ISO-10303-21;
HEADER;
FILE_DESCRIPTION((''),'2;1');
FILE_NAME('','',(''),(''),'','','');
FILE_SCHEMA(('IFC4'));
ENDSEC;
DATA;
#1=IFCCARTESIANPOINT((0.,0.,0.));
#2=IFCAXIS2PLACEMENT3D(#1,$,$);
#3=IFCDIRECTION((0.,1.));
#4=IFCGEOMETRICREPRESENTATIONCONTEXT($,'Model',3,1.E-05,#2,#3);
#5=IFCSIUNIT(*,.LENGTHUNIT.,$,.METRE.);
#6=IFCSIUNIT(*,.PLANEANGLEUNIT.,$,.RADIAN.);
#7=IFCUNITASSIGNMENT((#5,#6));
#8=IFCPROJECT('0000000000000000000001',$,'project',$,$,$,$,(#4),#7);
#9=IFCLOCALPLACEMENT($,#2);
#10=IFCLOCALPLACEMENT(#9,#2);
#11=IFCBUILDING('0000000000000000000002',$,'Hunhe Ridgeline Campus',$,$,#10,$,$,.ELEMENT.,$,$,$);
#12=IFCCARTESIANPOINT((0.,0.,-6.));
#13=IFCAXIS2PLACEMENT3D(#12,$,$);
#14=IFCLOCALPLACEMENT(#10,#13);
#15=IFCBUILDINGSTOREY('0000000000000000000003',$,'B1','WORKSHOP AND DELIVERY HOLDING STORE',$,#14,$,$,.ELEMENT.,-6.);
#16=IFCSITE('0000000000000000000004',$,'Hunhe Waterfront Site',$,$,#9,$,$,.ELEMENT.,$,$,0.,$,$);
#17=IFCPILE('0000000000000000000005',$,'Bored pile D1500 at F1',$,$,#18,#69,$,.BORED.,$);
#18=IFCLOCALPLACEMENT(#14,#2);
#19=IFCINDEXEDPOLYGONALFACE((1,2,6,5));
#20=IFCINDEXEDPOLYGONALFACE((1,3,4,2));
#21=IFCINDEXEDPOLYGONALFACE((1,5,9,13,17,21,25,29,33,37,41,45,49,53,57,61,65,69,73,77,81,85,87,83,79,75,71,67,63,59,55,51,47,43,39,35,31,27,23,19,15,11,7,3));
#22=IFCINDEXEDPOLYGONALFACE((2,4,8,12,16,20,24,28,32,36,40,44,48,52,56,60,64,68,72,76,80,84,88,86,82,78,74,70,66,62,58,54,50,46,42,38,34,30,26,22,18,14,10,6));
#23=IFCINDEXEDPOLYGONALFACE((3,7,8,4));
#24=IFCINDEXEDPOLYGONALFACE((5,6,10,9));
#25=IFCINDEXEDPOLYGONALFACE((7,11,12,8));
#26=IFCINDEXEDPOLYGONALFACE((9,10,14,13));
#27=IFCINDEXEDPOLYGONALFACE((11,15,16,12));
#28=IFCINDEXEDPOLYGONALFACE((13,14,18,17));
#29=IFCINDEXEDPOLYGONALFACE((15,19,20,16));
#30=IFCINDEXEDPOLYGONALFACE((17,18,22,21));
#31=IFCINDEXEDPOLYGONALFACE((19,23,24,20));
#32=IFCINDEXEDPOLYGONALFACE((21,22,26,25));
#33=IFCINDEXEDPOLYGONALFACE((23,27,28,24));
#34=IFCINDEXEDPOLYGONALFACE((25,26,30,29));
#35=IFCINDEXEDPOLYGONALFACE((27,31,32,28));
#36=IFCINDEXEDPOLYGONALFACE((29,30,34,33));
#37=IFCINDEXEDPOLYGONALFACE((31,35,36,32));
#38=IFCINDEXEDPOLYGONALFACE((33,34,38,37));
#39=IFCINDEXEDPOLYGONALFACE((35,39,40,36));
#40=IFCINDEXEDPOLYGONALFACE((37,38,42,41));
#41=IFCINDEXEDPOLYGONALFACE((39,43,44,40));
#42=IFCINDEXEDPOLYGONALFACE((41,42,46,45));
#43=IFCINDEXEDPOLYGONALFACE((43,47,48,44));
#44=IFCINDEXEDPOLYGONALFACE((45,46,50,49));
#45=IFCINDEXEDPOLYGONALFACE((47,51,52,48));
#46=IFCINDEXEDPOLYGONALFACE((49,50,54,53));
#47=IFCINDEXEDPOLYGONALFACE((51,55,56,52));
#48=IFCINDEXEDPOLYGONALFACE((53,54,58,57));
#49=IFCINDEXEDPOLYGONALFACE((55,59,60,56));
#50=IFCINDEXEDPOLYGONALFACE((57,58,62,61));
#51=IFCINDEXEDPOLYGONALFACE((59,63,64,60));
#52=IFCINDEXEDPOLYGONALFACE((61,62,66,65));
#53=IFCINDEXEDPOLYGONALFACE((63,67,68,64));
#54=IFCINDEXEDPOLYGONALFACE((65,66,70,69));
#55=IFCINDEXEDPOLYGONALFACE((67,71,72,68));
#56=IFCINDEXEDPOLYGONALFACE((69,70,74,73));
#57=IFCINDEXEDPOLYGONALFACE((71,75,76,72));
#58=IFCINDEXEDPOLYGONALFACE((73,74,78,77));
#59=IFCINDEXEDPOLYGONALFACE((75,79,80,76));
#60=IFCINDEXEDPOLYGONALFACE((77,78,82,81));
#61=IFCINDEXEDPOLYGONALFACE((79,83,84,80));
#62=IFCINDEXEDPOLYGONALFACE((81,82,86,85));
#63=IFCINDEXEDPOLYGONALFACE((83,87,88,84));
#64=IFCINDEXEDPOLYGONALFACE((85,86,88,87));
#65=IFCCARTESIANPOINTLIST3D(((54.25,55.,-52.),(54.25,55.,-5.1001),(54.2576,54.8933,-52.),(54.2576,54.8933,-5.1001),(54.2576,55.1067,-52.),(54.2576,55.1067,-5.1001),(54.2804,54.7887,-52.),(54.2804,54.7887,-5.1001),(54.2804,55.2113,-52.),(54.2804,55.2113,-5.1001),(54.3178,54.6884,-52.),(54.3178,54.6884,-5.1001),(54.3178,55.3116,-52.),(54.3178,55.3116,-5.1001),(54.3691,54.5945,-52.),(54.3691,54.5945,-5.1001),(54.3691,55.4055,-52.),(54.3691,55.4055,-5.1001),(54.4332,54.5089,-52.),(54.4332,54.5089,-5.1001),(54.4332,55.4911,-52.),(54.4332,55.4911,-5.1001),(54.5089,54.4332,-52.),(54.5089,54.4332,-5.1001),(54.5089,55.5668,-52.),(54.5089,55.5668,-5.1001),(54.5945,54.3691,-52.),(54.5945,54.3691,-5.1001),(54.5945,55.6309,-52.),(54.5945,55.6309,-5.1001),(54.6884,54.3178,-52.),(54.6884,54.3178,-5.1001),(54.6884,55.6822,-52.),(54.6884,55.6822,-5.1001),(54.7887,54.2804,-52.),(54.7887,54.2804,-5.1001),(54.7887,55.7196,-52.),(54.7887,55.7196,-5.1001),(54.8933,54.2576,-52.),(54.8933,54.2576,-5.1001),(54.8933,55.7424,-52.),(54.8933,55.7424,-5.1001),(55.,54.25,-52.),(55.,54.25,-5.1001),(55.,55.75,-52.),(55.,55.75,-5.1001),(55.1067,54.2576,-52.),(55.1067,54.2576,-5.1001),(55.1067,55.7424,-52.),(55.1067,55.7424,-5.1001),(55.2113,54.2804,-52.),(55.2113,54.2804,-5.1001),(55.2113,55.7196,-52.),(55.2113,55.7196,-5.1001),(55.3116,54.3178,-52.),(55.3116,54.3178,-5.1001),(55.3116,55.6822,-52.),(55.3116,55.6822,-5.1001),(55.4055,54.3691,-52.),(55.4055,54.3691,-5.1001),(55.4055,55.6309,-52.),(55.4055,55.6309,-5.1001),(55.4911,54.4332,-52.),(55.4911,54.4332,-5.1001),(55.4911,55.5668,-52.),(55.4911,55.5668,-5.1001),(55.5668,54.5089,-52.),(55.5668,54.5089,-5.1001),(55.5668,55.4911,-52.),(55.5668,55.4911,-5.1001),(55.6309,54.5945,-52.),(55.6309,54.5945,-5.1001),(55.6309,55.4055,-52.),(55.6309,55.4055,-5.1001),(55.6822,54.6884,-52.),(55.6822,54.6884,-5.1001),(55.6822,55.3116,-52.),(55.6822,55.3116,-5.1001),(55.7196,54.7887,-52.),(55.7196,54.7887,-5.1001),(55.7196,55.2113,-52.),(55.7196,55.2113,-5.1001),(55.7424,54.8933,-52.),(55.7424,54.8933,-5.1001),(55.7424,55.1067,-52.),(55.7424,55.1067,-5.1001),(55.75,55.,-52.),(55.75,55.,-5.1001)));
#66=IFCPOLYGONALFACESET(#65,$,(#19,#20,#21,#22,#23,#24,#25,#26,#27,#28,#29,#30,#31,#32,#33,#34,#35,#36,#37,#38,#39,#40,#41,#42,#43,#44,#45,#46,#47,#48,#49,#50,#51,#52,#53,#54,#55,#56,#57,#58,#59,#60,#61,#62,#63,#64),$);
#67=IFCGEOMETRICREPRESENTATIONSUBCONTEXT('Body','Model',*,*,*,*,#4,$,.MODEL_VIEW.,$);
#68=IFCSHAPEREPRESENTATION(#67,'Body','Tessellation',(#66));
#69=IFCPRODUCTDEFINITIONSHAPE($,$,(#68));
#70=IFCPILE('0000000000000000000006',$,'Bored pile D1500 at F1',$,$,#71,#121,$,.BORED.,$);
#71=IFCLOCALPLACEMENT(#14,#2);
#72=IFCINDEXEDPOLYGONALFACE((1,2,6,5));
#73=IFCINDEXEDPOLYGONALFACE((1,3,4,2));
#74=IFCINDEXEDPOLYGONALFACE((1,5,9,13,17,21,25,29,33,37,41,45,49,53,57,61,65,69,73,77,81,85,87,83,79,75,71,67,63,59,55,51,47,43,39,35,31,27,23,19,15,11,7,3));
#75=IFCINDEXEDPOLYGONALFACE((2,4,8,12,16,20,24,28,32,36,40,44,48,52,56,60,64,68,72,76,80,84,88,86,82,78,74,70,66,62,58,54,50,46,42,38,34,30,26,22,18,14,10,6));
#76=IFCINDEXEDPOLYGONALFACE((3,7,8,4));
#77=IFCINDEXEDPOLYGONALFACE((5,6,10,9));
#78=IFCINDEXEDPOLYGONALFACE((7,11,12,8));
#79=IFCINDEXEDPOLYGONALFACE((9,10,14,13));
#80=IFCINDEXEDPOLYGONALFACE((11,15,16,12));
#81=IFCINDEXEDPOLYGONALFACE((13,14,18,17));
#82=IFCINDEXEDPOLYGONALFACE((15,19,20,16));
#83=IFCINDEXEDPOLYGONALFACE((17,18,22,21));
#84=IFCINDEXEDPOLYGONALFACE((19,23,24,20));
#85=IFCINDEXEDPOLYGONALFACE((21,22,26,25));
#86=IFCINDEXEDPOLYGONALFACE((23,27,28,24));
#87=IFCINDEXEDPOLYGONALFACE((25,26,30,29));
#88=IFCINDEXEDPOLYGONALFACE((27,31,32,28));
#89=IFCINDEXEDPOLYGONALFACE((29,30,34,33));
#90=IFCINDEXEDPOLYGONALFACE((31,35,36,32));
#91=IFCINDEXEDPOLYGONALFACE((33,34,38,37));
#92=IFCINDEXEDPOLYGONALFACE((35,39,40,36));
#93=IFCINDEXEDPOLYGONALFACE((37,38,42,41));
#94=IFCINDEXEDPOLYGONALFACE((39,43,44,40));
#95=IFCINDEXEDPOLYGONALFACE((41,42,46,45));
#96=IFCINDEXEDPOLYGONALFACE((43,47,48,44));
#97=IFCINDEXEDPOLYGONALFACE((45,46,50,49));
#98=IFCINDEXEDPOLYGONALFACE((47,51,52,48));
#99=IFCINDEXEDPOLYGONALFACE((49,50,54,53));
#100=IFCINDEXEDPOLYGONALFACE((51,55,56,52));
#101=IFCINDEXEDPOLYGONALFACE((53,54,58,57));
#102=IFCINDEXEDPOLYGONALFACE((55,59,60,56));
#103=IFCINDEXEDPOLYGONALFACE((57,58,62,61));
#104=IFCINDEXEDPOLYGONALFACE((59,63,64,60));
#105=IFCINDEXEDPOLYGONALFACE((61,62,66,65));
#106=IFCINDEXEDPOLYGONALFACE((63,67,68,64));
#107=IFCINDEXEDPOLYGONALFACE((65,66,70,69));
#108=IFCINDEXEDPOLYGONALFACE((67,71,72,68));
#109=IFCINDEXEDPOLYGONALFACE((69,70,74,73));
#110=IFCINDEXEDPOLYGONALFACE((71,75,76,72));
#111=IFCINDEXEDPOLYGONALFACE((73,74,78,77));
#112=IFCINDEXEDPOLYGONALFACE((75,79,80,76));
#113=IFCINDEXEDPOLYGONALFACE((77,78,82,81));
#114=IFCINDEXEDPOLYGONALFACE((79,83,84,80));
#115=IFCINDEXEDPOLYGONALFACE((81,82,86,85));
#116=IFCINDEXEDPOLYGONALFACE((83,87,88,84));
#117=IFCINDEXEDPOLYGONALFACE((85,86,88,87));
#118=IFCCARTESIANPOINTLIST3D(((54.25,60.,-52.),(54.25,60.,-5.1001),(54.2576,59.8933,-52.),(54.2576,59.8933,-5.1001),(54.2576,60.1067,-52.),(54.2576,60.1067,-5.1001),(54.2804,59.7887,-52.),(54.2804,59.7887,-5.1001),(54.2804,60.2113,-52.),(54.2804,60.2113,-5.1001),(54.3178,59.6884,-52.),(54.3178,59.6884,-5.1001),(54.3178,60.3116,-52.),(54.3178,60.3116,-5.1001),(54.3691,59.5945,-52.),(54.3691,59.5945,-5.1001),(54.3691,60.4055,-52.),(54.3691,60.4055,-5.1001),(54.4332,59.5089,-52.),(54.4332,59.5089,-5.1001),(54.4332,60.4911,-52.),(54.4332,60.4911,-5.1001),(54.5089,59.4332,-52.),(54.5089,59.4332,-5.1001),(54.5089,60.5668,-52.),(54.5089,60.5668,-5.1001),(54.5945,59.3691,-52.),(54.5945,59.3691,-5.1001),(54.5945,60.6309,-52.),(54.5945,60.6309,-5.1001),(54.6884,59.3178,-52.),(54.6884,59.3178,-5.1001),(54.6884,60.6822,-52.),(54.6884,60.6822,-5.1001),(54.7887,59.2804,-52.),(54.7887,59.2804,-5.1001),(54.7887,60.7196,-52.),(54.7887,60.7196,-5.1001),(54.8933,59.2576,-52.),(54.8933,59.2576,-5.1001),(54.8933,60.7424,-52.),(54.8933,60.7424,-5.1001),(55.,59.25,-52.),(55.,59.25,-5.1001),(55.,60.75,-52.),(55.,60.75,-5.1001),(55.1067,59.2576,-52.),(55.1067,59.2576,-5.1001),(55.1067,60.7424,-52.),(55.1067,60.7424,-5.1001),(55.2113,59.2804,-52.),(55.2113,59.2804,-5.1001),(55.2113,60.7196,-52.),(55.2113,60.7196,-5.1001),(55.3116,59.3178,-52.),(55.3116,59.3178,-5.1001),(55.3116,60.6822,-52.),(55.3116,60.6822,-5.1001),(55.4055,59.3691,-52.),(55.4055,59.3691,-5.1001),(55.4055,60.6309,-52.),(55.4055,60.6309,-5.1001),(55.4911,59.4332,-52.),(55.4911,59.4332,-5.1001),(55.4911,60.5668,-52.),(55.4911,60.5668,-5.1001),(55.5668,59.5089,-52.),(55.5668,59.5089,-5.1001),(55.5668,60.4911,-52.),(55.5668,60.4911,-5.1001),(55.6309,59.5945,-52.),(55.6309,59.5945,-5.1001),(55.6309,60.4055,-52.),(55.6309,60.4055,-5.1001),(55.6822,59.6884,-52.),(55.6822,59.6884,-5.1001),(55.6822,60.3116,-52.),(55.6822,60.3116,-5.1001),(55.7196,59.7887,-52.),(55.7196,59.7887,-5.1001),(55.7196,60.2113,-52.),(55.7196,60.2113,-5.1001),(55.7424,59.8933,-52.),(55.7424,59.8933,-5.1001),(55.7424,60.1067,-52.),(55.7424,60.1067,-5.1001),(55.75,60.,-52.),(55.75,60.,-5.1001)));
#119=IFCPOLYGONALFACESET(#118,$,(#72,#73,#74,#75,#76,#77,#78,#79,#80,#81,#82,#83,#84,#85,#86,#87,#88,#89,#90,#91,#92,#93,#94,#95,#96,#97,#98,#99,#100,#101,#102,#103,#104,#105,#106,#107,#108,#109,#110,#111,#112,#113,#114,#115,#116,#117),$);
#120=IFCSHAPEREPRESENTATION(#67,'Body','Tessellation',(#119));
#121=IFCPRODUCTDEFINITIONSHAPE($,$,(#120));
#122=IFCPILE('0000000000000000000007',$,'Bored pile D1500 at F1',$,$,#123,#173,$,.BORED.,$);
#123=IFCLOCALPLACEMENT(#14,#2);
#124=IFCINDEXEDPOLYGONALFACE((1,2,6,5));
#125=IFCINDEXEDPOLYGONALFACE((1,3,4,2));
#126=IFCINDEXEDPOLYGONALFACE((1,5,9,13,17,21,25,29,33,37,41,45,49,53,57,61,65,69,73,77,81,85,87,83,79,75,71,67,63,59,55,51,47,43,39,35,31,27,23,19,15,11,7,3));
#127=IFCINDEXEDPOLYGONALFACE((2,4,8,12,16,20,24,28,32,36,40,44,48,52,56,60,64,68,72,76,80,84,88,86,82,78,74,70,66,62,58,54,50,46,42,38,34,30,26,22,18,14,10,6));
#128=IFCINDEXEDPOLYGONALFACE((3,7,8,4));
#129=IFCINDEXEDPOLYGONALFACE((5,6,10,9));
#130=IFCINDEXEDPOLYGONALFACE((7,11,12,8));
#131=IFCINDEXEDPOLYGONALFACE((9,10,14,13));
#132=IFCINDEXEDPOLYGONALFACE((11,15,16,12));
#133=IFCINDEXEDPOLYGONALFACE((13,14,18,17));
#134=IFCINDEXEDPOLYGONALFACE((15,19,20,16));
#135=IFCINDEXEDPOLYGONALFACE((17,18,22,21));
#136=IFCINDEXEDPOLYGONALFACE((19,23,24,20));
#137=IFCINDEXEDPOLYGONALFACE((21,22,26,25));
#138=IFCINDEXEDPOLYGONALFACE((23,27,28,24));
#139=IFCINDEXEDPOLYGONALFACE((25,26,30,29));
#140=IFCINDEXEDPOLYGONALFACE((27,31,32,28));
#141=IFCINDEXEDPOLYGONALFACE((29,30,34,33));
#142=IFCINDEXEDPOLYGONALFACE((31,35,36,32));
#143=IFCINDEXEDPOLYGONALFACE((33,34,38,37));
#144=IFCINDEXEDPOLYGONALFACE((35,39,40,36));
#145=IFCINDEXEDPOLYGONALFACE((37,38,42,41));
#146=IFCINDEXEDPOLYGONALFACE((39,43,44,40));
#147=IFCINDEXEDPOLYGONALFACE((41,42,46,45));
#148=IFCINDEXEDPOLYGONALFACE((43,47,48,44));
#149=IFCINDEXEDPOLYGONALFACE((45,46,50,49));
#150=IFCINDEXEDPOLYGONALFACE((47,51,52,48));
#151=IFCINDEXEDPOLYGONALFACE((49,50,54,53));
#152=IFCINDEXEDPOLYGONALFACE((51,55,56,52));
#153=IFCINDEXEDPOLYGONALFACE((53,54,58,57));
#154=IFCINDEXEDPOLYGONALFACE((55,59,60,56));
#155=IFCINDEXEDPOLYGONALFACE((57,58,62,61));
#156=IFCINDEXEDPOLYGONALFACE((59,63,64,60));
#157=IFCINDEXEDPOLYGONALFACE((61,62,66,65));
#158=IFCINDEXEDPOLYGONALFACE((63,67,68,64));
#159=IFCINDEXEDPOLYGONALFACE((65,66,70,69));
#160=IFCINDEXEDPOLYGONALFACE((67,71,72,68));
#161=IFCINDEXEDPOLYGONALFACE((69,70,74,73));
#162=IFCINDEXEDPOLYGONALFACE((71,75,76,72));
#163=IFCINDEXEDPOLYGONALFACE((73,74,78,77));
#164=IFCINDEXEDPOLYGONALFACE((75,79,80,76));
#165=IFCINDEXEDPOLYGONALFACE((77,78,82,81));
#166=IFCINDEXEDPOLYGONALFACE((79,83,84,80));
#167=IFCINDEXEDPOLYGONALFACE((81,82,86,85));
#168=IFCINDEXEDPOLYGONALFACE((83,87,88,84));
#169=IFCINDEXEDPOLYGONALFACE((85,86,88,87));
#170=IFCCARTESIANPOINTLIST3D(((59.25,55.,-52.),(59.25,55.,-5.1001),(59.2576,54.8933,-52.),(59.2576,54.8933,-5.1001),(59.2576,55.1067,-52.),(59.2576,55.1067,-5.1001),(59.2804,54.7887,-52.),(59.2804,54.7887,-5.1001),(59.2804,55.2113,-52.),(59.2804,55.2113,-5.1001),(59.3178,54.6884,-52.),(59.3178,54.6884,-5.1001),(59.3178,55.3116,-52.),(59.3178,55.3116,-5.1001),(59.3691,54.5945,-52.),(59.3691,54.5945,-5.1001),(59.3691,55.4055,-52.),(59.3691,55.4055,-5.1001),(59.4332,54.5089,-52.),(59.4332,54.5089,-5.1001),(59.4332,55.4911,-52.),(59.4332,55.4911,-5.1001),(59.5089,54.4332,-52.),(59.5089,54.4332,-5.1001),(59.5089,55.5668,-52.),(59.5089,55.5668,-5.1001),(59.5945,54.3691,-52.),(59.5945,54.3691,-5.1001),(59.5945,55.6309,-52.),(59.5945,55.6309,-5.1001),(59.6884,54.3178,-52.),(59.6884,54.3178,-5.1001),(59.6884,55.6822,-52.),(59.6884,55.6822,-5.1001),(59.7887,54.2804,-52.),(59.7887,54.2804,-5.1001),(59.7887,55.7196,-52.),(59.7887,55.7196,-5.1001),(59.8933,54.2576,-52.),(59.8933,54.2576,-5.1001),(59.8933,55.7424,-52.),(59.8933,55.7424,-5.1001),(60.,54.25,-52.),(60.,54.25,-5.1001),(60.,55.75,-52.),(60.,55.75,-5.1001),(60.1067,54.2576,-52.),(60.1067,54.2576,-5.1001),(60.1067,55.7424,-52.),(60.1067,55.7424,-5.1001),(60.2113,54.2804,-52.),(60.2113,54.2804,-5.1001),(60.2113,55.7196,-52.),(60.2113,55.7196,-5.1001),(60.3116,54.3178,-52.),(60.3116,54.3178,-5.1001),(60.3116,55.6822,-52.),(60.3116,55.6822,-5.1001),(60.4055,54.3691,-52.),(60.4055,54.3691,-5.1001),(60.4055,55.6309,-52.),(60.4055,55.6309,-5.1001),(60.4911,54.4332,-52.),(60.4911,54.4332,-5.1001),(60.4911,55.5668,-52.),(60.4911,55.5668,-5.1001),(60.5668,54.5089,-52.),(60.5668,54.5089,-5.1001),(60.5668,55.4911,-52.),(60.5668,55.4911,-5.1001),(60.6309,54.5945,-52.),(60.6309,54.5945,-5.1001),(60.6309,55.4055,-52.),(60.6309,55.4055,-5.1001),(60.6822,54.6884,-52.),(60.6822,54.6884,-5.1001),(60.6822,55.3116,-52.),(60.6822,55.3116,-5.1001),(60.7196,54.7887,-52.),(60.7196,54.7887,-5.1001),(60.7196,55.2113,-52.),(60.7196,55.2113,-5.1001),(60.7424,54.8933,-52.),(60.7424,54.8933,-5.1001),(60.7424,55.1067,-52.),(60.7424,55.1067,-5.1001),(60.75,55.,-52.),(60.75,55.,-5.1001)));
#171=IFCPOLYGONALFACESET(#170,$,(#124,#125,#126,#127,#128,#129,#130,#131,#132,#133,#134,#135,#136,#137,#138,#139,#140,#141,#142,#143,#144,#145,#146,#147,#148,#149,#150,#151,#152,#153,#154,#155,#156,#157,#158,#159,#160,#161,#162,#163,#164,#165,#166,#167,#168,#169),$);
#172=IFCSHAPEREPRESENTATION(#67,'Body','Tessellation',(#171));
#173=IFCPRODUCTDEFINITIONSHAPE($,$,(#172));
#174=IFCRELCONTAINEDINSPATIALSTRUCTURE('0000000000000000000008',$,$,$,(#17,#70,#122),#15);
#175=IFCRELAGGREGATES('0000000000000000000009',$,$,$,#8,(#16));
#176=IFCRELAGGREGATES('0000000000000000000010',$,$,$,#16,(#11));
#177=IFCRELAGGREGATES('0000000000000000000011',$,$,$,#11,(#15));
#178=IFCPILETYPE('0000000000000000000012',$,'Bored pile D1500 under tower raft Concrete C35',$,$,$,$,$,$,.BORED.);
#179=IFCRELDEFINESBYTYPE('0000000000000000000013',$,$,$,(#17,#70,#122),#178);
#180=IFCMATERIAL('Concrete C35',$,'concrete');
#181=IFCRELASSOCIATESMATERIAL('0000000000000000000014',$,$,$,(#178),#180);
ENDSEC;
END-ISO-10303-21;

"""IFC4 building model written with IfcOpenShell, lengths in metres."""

from ifc_helpers import new_model, si_unit, direction, frame, origin, origin_2d, place, context, subcontext, project, spatial, circle, extrude, material, material_profile, profile_set, type_object, element, save


model = new_model("IFC4")

# Units and contexts
model_context = context("Model", 3, precision=1e-05, world=origin(), true_north=direction((0.0, 1.0)))
body_context = subcontext(model_context, "Body", "Model", "MODEL_VIEW")
ifc_project = project(units=[si_unit("LENGTHUNIT", "METRE"), si_unit("PLANEANGLEUNIT", "RADIAN")], contexts=[model_context])

# Site, building, storey
site_placement = place(None, origin())
site = spatial("IfcSite", under=ifc_project, at=site_placement, Name="Hunhe Waterfront Site", CompositionType="ELEMENT", RefElevation=0.0)
building_placement = place(site_placement, origin())
building = spatial("IfcBuilding", under=site, at=building_placement, Name="Hunhe Ridgeline Campus", CompositionType="ELEMENT")
storey_placement = place(building_placement, frame((0.0, 0.0, -6.0)))
storey = spatial("IfcBuildingStorey", under=building, at=storey_placement, Name="B1", Description="WORKSHOP AND DELIVERY HOLDING STORE", CompositionType="ELEMENT", Elevation=-6.0)

# Piles
ifc_material_1 = material(Name="Concrete C35", Category="concrete")
ifc_material_profile_1 = material_profile(ifc_material_1, circle(Radius=0.75, at=origin_2d()))
ifc_profile_set_1 = profile_set([ifc_material_profile_1], Name="Concrete C35")
pile_type_1 = type_object("IfcPileType", Name="Bored pile D1500 under tower raft Concrete C35", PredefinedType="BORED", material=ifc_profile_set_1)
for number, where, z_axis, x_axis, name in (
    (1, (55.0, 55.0, -5.1001), (0.0, 0.0, -1.0), (1.0, 0.0, 0.0), "Bored pile D1500 at F1"),
    (2, (55.0, 60.0, -5.1001), (0.0, 0.0, -1.0), (1.0, 0.0, 0.0), "Bored pile D1500 at F1"),
    (3, (60.0, 55.0, -5.1001), (0.0, 0.0, -1.0), (1.0, 0.0, 0.0), "Bored pile D1500 at F1"),
):
    element("IfcPile", number, at=place(storey_placement, frame(where, z_axis=z_axis, x_axis=x_axis)), inside=storey, type_object=pile_type_1, Name=name, PredefinedType="BORED", context=body_context, shape_type="SweptSolid", body=[
        extrude(circle(Radius=0.75, at=origin_2d()), origin(), (0.0, 0.0, 1.0), 46.8999),
    ])

save(model, "model.ifc")
